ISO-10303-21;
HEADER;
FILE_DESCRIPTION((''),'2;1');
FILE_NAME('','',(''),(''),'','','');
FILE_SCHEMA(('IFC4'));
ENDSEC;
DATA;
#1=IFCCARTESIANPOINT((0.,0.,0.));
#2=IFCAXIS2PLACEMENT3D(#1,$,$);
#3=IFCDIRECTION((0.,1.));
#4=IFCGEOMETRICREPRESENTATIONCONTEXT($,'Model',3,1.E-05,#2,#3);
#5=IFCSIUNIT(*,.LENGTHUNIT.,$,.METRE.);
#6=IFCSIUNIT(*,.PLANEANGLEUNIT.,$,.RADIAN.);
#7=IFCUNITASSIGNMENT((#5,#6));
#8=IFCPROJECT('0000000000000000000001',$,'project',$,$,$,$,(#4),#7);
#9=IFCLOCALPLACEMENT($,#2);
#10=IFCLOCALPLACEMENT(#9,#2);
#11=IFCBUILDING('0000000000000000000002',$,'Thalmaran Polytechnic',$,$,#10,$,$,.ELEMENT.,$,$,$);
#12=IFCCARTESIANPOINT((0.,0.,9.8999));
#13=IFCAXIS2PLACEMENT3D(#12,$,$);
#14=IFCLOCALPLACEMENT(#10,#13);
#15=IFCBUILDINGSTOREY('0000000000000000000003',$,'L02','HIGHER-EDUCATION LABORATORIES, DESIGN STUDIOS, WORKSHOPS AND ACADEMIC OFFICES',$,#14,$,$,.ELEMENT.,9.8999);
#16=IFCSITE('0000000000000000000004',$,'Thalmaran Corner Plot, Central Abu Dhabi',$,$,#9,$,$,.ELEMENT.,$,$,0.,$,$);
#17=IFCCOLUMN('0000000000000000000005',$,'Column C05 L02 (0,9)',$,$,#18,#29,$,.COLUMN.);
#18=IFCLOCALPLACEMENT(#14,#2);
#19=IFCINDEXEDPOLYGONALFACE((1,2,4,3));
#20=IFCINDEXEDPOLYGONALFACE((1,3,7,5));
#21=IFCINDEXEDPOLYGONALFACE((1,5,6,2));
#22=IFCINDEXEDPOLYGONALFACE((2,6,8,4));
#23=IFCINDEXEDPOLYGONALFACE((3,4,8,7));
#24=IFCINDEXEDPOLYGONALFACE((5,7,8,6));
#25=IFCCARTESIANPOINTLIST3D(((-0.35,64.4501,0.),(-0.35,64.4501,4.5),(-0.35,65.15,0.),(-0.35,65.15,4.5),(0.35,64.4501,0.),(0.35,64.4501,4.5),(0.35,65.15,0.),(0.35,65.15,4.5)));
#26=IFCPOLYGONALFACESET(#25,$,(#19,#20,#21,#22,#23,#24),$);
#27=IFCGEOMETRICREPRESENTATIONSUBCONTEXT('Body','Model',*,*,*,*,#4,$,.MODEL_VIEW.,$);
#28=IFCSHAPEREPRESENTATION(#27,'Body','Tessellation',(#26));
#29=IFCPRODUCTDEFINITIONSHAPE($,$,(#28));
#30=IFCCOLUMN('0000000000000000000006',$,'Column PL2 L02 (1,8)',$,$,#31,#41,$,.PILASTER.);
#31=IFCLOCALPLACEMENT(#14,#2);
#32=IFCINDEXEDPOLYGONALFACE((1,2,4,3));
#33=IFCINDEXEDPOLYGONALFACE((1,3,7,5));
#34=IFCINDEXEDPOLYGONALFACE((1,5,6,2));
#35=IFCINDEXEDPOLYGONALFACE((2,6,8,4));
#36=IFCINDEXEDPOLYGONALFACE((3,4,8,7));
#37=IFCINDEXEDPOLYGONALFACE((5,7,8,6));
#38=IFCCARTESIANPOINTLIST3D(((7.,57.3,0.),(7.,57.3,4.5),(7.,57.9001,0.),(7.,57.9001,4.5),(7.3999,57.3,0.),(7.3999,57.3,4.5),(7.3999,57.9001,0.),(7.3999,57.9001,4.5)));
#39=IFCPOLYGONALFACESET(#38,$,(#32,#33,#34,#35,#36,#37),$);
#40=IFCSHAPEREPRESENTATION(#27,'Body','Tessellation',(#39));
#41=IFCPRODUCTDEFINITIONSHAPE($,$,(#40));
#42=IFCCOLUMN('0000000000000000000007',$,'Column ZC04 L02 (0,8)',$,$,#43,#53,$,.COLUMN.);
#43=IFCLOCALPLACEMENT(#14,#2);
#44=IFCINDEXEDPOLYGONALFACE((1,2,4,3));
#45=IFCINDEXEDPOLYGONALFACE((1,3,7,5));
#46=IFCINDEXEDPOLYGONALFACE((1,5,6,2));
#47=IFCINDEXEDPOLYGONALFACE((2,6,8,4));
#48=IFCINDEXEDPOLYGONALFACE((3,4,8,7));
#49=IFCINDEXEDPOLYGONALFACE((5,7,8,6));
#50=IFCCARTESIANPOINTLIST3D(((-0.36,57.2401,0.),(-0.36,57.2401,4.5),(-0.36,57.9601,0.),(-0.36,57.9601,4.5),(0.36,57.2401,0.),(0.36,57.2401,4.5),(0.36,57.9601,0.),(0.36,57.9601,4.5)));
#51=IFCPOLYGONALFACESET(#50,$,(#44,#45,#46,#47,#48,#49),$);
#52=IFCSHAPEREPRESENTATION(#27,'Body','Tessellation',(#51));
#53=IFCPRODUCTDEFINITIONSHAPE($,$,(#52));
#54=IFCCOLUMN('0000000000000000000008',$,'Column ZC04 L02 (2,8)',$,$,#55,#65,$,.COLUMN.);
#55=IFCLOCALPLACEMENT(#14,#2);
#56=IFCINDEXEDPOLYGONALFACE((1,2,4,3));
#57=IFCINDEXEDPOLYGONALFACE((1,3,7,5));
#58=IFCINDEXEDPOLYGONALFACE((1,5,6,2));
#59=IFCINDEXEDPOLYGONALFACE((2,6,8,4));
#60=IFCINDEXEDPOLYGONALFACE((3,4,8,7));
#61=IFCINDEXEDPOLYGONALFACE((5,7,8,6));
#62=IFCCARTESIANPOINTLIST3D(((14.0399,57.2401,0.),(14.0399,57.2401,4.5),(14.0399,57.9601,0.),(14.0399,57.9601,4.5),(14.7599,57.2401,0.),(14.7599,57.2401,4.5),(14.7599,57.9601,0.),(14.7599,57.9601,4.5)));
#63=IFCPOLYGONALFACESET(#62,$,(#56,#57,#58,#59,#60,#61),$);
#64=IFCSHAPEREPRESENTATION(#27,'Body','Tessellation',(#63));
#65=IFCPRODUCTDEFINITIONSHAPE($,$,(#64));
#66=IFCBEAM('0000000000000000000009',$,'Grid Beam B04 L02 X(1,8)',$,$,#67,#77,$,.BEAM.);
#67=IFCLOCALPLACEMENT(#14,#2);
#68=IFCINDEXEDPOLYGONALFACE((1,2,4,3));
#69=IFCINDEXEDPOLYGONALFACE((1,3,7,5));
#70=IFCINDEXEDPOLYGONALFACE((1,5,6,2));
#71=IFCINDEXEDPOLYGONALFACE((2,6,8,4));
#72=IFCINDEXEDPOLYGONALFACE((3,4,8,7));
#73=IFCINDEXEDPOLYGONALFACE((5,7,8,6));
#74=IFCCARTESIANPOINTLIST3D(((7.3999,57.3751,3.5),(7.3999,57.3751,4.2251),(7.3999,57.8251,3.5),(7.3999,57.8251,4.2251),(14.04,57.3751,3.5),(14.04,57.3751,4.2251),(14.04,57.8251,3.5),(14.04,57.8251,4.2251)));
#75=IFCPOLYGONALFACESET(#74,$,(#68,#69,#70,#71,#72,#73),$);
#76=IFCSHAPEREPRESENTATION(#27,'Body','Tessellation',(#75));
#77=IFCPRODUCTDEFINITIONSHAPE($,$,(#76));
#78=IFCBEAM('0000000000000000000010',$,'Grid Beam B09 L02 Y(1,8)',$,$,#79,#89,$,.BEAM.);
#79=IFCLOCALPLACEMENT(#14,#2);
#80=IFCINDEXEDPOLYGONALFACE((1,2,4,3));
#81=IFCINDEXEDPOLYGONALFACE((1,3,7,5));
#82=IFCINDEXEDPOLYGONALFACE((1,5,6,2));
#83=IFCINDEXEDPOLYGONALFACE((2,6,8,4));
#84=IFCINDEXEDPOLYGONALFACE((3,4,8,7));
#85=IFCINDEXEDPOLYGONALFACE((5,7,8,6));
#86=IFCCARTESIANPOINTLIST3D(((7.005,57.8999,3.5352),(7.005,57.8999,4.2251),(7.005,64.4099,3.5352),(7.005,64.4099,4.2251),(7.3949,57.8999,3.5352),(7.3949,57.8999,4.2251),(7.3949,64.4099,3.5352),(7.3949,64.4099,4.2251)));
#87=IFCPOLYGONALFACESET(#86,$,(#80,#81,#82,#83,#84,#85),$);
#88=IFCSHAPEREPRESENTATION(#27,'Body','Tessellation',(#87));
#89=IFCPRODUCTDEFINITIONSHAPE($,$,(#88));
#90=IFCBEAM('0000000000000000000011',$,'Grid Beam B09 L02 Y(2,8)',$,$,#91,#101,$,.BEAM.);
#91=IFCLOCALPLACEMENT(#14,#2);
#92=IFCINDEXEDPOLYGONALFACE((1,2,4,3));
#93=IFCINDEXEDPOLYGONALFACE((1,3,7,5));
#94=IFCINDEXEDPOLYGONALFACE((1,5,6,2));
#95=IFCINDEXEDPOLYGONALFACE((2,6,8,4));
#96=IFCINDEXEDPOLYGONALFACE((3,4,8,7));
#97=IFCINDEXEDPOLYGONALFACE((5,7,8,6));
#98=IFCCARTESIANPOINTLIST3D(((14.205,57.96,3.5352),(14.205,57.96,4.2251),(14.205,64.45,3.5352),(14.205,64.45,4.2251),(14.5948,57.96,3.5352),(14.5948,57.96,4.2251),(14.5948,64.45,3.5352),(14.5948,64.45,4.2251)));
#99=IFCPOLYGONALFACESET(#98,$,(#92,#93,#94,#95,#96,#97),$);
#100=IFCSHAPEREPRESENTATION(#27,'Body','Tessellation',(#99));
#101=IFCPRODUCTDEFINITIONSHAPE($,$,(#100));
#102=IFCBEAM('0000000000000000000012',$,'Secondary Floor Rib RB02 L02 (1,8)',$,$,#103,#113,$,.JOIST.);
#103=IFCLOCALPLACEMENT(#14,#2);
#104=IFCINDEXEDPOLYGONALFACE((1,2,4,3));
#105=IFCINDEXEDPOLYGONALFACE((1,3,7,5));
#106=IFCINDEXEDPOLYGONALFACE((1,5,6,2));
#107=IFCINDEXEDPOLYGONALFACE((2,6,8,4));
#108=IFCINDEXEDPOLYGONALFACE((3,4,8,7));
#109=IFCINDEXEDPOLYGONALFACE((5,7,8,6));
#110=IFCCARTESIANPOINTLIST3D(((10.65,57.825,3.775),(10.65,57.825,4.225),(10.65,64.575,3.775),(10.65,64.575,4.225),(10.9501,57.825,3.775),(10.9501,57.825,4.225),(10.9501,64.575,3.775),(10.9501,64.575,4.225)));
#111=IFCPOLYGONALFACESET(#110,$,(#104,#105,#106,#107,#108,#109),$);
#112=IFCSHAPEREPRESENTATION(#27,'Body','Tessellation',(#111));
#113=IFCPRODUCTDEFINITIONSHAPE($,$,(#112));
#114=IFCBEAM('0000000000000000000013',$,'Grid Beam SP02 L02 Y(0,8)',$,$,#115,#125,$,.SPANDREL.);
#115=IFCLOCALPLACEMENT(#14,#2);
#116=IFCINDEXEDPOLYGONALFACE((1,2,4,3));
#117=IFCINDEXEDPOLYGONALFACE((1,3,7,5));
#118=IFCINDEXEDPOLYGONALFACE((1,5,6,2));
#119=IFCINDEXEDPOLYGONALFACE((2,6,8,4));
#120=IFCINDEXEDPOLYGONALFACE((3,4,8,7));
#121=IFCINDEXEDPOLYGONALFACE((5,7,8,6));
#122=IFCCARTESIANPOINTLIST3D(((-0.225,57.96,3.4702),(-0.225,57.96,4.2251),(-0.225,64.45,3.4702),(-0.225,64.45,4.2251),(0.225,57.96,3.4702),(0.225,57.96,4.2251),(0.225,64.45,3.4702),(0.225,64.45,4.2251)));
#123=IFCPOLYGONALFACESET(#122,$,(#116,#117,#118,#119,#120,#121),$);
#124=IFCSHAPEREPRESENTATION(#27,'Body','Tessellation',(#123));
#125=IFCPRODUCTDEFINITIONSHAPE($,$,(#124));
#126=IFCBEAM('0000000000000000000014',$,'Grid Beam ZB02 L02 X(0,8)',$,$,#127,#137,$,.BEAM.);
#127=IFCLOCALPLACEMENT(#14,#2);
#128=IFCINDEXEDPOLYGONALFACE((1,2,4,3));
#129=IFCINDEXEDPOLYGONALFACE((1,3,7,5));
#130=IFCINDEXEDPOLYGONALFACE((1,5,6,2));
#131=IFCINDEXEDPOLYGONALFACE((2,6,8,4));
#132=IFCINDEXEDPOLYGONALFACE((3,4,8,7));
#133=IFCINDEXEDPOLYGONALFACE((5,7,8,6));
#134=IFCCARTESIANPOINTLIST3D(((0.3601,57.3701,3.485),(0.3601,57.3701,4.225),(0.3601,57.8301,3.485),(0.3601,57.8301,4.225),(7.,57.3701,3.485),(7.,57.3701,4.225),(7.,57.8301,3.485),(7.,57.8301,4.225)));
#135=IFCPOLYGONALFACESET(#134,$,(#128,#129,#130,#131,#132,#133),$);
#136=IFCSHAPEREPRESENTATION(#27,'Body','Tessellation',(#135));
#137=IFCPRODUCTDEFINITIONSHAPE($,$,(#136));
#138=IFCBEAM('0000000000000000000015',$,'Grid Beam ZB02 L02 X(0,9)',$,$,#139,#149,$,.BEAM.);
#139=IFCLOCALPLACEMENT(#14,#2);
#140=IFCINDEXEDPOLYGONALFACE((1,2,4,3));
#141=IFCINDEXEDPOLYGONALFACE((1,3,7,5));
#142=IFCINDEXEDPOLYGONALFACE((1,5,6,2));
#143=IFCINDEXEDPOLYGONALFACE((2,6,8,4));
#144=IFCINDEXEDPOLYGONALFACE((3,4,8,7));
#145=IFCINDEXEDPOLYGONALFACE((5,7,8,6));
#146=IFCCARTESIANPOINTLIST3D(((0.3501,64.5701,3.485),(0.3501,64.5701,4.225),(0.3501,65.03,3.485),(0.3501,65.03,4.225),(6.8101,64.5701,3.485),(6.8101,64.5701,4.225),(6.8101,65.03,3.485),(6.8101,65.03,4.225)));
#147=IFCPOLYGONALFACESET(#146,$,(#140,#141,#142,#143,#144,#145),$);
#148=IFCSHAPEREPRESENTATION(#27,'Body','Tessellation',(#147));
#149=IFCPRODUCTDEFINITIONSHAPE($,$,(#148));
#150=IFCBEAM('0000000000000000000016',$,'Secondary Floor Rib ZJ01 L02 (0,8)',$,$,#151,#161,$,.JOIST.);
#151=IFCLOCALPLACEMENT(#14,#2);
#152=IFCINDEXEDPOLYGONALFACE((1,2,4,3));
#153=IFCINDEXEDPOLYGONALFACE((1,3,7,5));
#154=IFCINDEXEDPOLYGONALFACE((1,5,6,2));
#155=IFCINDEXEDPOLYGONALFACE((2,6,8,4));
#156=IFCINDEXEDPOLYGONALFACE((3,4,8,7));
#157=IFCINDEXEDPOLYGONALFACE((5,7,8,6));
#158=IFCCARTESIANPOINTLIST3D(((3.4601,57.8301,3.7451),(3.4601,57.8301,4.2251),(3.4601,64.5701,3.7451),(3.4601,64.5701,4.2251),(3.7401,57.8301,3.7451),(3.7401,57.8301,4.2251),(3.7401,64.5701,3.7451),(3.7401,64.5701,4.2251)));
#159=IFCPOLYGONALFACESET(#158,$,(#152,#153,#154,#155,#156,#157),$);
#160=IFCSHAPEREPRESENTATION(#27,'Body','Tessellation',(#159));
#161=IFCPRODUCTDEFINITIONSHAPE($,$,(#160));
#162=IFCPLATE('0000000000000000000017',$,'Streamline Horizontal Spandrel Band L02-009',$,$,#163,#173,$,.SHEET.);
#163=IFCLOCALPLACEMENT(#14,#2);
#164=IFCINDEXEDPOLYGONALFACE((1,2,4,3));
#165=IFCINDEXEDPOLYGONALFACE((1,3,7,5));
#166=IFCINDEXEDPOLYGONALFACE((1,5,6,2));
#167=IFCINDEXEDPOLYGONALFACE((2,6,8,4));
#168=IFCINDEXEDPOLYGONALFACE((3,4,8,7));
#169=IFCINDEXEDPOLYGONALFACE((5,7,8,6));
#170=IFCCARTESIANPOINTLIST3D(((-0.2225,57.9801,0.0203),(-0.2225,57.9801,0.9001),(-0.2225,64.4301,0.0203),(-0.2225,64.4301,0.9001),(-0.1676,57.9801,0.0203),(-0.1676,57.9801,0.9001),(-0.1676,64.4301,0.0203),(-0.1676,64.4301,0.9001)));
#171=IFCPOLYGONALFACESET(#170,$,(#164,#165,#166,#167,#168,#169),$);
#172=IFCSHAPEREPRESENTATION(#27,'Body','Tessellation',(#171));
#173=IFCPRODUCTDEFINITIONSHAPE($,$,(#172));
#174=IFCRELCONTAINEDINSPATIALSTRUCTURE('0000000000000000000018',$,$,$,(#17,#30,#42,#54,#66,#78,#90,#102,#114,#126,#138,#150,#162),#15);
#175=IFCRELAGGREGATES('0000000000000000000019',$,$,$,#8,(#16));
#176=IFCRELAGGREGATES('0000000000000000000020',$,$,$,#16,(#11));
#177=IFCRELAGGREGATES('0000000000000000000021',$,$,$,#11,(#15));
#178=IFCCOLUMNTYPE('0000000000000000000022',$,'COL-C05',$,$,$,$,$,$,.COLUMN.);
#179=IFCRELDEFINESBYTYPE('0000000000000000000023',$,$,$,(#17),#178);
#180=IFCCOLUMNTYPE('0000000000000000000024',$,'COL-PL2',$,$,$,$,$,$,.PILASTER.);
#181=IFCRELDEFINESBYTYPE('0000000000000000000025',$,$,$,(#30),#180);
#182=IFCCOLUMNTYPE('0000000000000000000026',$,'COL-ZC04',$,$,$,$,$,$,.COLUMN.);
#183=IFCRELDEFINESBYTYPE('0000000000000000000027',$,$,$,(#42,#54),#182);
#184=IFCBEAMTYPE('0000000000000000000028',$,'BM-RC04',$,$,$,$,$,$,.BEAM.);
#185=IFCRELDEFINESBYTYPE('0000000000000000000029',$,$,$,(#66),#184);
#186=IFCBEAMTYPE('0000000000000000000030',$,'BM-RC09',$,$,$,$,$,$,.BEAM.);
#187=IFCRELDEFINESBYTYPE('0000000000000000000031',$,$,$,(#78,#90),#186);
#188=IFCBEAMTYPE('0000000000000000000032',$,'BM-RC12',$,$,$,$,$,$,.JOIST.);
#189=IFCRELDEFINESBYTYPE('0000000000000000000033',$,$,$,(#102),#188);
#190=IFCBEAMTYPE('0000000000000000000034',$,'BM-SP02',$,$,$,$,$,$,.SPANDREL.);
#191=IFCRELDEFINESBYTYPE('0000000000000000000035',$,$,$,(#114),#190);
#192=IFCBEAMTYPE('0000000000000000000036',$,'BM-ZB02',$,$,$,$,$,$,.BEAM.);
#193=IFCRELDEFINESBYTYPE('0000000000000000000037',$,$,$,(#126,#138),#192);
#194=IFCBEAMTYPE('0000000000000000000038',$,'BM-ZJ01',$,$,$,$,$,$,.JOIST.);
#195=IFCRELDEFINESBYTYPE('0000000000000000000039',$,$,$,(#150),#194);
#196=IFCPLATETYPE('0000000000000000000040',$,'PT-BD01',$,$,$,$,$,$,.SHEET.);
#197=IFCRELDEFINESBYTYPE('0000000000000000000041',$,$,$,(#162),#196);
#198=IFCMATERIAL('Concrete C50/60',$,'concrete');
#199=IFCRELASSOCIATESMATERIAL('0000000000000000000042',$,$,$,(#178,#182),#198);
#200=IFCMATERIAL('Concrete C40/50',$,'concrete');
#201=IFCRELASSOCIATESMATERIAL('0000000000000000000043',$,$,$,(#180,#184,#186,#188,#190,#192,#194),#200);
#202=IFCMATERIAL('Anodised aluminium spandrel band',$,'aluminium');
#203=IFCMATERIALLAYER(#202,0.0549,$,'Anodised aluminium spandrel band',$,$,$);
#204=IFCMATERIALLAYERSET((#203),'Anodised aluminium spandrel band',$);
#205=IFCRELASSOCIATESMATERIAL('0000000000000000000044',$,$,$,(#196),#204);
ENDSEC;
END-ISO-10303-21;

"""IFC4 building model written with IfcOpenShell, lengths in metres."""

from ifc_helpers import new_model, si_unit, direction, frame, origin, origin_2d, place, context, subcontext, project, spatial, rectangle, extrude, material, layer, layer_set, material_profile, profile_set, type_object, element, save


model = new_model("IFC4")

# Units and contexts
model_context = context("Model", 3, precision=1e-05, world=origin(), true_north=direction((0.0, 1.0)))
body_context = subcontext(model_context, "Body", "Model", "MODEL_VIEW")
ifc_project = project(units=[si_unit("LENGTHUNIT", "METRE"), si_unit("PLANEANGLEUNIT", "RADIAN")], contexts=[model_context])

# Site, building, storey
site_placement = place(None, origin())
site = spatial("IfcSite", under=ifc_project, at=site_placement, Name="Thalmaran Corner Plot, Central Abu Dhabi", CompositionType="ELEMENT", RefElevation=0.0)
building_placement = place(site_placement, origin())
building = spatial("IfcBuilding", under=site, at=building_placement, Name="Thalmaran Polytechnic", CompositionType="ELEMENT")
storey_placement = place(building_placement, frame((0.0, 0.0, 9.8999)))
storey = spatial("IfcBuildingStorey", under=building, at=storey_placement, Name="L02", Description="HIGHER-EDUCATION LABORATORIES, DESIGN STUDIOS, WORKSHOPS AND ACADEMIC OFFICES", CompositionType="ELEMENT", Elevation=9.8999)

# Columns
ifc_material_1 = material(Name="Concrete C50/60", Category="concrete")
ifc_material_profile_1 = material_profile(ifc_material_1, rectangle(XDim=0.7, YDim=0.7, at=origin_2d()), Name="RC 700x700")
ifc_profile_set_1 = profile_set([ifc_material_profile_1], Name="Concrete C50/60")
column_type_1 = type_object("IfcColumnType", Name="COL-C05", PredefinedType="COLUMN", material=ifc_profile_set_1)
column_1_placement = place(storey_placement, frame((0.0, 64.8, 0.0), z_axis=(0.0, 0.0, 1.0), x_axis=(1.0, 0.0, 0.0)))
element("IfcColumn", 1, at=column_1_placement, inside=storey, type_object=column_type_1, Name="Column C05 L02 (0,9)", PredefinedType="COLUMN", context=body_context, shape_type="SweptSolid", body=[
    extrude(rectangle(XDim=0.7, YDim=0.7, at=origin_2d()), origin(), (0.0, 0.0, 1.0), 4.5),
])
ifc_material_2 = material(Name="Concrete C40/50", Category="concrete")
ifc_material_profile_2 = material_profile(ifc_material_2, rectangle(XDim=0.3999, YDim=0.6001, at=origin_2d()), Name="RC 400x600")
ifc_profile_set_2 = profile_set([ifc_material_profile_2], Name="Concrete C40/50")
column_type_2 = type_object("IfcColumnType", Name="COL-PL2", PredefinedType="PILASTER", material=ifc_profile_set_2)
column_2_placement = place(storey_placement, frame((7.2, 57.6001, 0.0), z_axis=(0.0, 0.0, 1.0), x_axis=(1.0, 0.0, 0.0)))
element("IfcColumn", 2, at=column_2_placement, inside=storey, type_object=column_type_2, Name="Column PL2 L02 (1,8)", PredefinedType="PILASTER", context=body_context, shape_type="SweptSolid", body=[
    extrude(rectangle(XDim=0.3999, YDim=0.6001, at=origin_2d()), origin(), (0.0, 0.0, 1.0), 4.5),
])
ifc_material_profile_3 = material_profile(ifc_material_1, rectangle(XDim=0.72, YDim=0.72, at=origin_2d()), Name="RC 720x720")
ifc_profile_set_3 = profile_set([ifc_material_profile_3], Name="Concrete C50/60")
column_type_3 = type_object("IfcColumnType", Name="COL-ZC04", PredefinedType="COLUMN", material=ifc_profile_set_3)
for number, where, z_axis, x_axis, name in (
    (3, (0.0, 57.6001, 0.0), (0.0, 0.0, 1.0), (1.0, 0.0, 0.0), "Column ZC04 L02 (0,8)"),
    (4, (14.3999, 57.6001, 0.0), (0.0, 0.0, 1.0), (1.0, 0.0, 0.0), "Column ZC04 L02 (2,8)"),
):
    element("IfcColumn", number, at=place(storey_placement, frame(where, z_axis=z_axis, x_axis=x_axis)), inside=storey, type_object=column_type_3, Name=name, PredefinedType="COLUMN", context=body_context, shape_type="SweptSolid", body=[
        extrude(rectangle(XDim=0.72, YDim=0.72, at=origin_2d()), origin(), (0.0, 0.0, 1.0), 4.5),
    ])

# Beams
ifc_material_profile_4 = material_profile(ifc_material_2, rectangle(XDim=0.45, YDim=0.7251, at=origin_2d()), Name="RC 450x725")
ifc_profile_set_4 = profile_set([ifc_material_profile_4], Name="Concrete C40/50")
beam_type_1 = type_object("IfcBeamType", Name="BM-RC04", PredefinedType="BEAM", material=ifc_profile_set_4)
beam_1_placement = place(storey_placement, frame((7.3999, 57.6001, 3.8625), z_axis=(1.0, 0.0, 0.0), x_axis=(0.0, 1.0, 0.0)))
element("IfcBeam", 5, at=beam_1_placement, inside=storey, type_object=beam_type_1, Name="Grid Beam B04 L02 X(1,8)", PredefinedType="BEAM", context=body_context, shape_type="SweptSolid", body=[
    extrude(rectangle(XDim=0.45, YDim=0.7251, at=origin_2d()), origin(), (0.0, 0.0, 1.0), 6.6401),
])
ifc_material_profile_5 = material_profile(ifc_material_2, rectangle(XDim=0.3899, YDim=0.6899, at=origin_2d()), Name="RC 390x690")
ifc_profile_set_5 = profile_set([ifc_material_profile_5], Name="Concrete C40/50")
beam_type_2 = type_object("IfcBeamType", Name="BM-RC09", PredefinedType="BEAM", material=ifc_profile_set_5)
beam_2_placement = place(storey_placement, frame((7.2, 57.8999, 3.8801), z_axis=(0.0, 1.0, 0.0), x_axis=(-1.0, 0.0, 0.0)))
element("IfcBeam", 6, at=beam_2_placement, inside=storey, type_object=beam_type_2, Name="Grid Beam B09 L02 Y(1,8)", PredefinedType="BEAM", context=body_context, shape_type="SweptSolid", body=[
    extrude(rectangle(XDim=0.3899, YDim=0.6899, at=origin_2d()), origin(), (0.0, 0.0, 1.0), 6.51),
])
beam_3_placement = place(storey_placement, frame((14.3999, 57.96, 3.8801), z_axis=(0.0, 1.0, 0.0), x_axis=(-1.0, 0.0, 0.0)))
element("IfcBeam", 7, at=beam_3_placement, inside=storey, type_object=beam_type_2, Name="Grid Beam B09 L02 Y(2,8)", PredefinedType="BEAM", context=body_context, shape_type="SweptSolid", body=[
    extrude(rectangle(XDim=0.3899, YDim=0.6899, at=origin_2d()), origin(), (0.0, 0.0, 1.0), 6.49),
])
ifc_material_profile_6 = material_profile(ifc_material_2, rectangle(XDim=0.3, YDim=0.45, at=origin_2d()), Name="RC 300x450")
ifc_profile_set_6 = profile_set([ifc_material_profile_6], Name="Concrete C40/50")
beam_type_3 = type_object("IfcBeamType", Name="BM-RC12", PredefinedType="JOIST", material=ifc_profile_set_6)
beam_4_placement = place(storey_placement, frame((10.8, 57.825, 4.0), z_axis=(0.0, 1.0, 0.0), x_axis=(-1.0, 0.0, 0.0)))
element("IfcBeam", 8, at=beam_4_placement, inside=storey, type_object=beam_type_3, Name="Secondary Floor Rib RB02 L02 (1,8)", PredefinedType="JOIST", context=body_context, shape_type="SweptSolid", body=[
    extrude(rectangle(XDim=0.3, YDim=0.45, at=origin_2d()), origin(), (0.0, 0.0, 1.0), 6.75),
])
ifc_material_profile_7 = material_profile(ifc_material_2, rectangle(XDim=0.45, YDim=0.7549, at=origin_2d()), Name="RC 450x755")
ifc_profile_set_7 = profile_set([ifc_material_profile_7], Name="Concrete C40/50")
beam_type_4 = type_object("IfcBeamType", Name="BM-SP02", PredefinedType="SPANDREL", material=ifc_profile_set_7)
beam_5_placement = place(storey_placement, frame((0.0, 57.96, 3.8477), z_axis=(0.0, 1.0, 0.0), x_axis=(-1.0, 0.0, 0.0)))
element("IfcBeam", 9, at=beam_5_placement, inside=storey, type_object=beam_type_4, Name="Grid Beam SP02 L02 Y(0,8)", PredefinedType="SPANDREL", context=body_context, shape_type="SweptSolid", body=[
    extrude(rectangle(XDim=0.45, YDim=0.7549, at=origin_2d()), origin(), (0.0, 0.0, 1.0), 6.49),
])
ifc_material_profile_8 = material_profile(ifc_material_2, rectangle(XDim=0.46, YDim=0.74, at=origin_2d()), Name="RC 460x740")
ifc_profile_set_8 = profile_set([ifc_material_profile_8], Name="Concrete C40/50")
beam_type_5 = type_object("IfcBeamType", Name="BM-ZB02", PredefinedType="BEAM", material=ifc_profile_set_8)
beam_6_placement = place(storey_placement, frame((0.3601, 57.6001, 3.855), z_axis=(1.0, 0.0, 0.0), x_axis=(0.0, 1.0, 0.0)))
element("IfcBeam", 10, at=beam_6_placement, inside=storey, type_object=beam_type_5, Name="Grid Beam ZB02 L02 X(0,8)", PredefinedType="BEAM", context=body_context, shape_type="SweptSolid", body=[
    extrude(rectangle(XDim=0.46, YDim=0.74, at=origin_2d()), origin(), (0.0, 0.0, 1.0), 6.6399),
])
beam_7_placement = place(storey_placement, frame((0.3501, 64.8, 3.855), z_axis=(1.0, 0.0, 0.0), x_axis=(0.0, 1.0, 0.0)))
element("IfcBeam", 11, at=beam_7_placement, inside=storey, type_object=beam_type_5, Name="Grid Beam ZB02 L02 X(0,9)", PredefinedType="BEAM", context=body_context, shape_type="SweptSolid", body=[
    extrude(rectangle(XDim=0.46, YDim=0.74, at=origin_2d()), origin(), (0.0, 0.0, 1.0), 6.46),
])
ifc_material_profile_9 = material_profile(ifc_material_2, rectangle(XDim=0.28, YDim=0.48, at=origin_2d()), Name="RC 280x480")
ifc_profile_set_9 = profile_set([ifc_material_profile_9], Name="Concrete C40/50")
beam_type_6 = type_object("IfcBeamType", Name="BM-ZJ01", PredefinedType="JOIST", material=ifc_profile_set_9)
beam_8_placement = place(storey_placement, frame((3.6001, 57.8301, 3.9851), z_axis=(0.0, 1.0, 0.0), x_axis=(-1.0, 0.0, 0.0)))
element("IfcBeam", 12, at=beam_8_placement, inside=storey, type_object=beam_type_6, Name="Secondary Floor Rib ZJ01 L02 (0,8)", PredefinedType="JOIST", context=body_context, shape_type="SweptSolid", body=[
    extrude(rectangle(XDim=0.28, YDim=0.48, at=origin_2d()), origin(), (0.0, 0.0, 1.0), 6.74),
])

# Plate
ifc_material_3 = material(Name="Anodised aluminium spandrel band", Category="aluminium")
ifc_layer_1 = layer(ifc_material_3, 0.0549, Name="Anodised aluminium spandrel band")
ifc_layer_set_1 = layer_set([ifc_layer_1], Name="Anodised aluminium spandrel band")
plate_type = type_object("IfcPlateType", Name="PT-BD01", PredefinedType="SHEET", material=ifc_layer_set_1)
plate_placement = place(storey_placement, frame((-0.1951, 61.2051, 0.0203), z_axis=(0.0, 0.0, 1.0), x_axis=(0.0, 1.0, 0.0)))
element("IfcPlate", 13, at=plate_placement, inside=storey, type_object=plate_type, Name="Streamline Horizontal Spandrel Band L02-009", PredefinedType="SHEET", context=body_context, shape_type="SweptSolid", body=[
    extrude(rectangle(XDim=6.45, YDim=0.0549, at=origin_2d()), origin(), (0.0, 0.0, 1.0), 0.8799),
])

save(model, "model.ifc")
